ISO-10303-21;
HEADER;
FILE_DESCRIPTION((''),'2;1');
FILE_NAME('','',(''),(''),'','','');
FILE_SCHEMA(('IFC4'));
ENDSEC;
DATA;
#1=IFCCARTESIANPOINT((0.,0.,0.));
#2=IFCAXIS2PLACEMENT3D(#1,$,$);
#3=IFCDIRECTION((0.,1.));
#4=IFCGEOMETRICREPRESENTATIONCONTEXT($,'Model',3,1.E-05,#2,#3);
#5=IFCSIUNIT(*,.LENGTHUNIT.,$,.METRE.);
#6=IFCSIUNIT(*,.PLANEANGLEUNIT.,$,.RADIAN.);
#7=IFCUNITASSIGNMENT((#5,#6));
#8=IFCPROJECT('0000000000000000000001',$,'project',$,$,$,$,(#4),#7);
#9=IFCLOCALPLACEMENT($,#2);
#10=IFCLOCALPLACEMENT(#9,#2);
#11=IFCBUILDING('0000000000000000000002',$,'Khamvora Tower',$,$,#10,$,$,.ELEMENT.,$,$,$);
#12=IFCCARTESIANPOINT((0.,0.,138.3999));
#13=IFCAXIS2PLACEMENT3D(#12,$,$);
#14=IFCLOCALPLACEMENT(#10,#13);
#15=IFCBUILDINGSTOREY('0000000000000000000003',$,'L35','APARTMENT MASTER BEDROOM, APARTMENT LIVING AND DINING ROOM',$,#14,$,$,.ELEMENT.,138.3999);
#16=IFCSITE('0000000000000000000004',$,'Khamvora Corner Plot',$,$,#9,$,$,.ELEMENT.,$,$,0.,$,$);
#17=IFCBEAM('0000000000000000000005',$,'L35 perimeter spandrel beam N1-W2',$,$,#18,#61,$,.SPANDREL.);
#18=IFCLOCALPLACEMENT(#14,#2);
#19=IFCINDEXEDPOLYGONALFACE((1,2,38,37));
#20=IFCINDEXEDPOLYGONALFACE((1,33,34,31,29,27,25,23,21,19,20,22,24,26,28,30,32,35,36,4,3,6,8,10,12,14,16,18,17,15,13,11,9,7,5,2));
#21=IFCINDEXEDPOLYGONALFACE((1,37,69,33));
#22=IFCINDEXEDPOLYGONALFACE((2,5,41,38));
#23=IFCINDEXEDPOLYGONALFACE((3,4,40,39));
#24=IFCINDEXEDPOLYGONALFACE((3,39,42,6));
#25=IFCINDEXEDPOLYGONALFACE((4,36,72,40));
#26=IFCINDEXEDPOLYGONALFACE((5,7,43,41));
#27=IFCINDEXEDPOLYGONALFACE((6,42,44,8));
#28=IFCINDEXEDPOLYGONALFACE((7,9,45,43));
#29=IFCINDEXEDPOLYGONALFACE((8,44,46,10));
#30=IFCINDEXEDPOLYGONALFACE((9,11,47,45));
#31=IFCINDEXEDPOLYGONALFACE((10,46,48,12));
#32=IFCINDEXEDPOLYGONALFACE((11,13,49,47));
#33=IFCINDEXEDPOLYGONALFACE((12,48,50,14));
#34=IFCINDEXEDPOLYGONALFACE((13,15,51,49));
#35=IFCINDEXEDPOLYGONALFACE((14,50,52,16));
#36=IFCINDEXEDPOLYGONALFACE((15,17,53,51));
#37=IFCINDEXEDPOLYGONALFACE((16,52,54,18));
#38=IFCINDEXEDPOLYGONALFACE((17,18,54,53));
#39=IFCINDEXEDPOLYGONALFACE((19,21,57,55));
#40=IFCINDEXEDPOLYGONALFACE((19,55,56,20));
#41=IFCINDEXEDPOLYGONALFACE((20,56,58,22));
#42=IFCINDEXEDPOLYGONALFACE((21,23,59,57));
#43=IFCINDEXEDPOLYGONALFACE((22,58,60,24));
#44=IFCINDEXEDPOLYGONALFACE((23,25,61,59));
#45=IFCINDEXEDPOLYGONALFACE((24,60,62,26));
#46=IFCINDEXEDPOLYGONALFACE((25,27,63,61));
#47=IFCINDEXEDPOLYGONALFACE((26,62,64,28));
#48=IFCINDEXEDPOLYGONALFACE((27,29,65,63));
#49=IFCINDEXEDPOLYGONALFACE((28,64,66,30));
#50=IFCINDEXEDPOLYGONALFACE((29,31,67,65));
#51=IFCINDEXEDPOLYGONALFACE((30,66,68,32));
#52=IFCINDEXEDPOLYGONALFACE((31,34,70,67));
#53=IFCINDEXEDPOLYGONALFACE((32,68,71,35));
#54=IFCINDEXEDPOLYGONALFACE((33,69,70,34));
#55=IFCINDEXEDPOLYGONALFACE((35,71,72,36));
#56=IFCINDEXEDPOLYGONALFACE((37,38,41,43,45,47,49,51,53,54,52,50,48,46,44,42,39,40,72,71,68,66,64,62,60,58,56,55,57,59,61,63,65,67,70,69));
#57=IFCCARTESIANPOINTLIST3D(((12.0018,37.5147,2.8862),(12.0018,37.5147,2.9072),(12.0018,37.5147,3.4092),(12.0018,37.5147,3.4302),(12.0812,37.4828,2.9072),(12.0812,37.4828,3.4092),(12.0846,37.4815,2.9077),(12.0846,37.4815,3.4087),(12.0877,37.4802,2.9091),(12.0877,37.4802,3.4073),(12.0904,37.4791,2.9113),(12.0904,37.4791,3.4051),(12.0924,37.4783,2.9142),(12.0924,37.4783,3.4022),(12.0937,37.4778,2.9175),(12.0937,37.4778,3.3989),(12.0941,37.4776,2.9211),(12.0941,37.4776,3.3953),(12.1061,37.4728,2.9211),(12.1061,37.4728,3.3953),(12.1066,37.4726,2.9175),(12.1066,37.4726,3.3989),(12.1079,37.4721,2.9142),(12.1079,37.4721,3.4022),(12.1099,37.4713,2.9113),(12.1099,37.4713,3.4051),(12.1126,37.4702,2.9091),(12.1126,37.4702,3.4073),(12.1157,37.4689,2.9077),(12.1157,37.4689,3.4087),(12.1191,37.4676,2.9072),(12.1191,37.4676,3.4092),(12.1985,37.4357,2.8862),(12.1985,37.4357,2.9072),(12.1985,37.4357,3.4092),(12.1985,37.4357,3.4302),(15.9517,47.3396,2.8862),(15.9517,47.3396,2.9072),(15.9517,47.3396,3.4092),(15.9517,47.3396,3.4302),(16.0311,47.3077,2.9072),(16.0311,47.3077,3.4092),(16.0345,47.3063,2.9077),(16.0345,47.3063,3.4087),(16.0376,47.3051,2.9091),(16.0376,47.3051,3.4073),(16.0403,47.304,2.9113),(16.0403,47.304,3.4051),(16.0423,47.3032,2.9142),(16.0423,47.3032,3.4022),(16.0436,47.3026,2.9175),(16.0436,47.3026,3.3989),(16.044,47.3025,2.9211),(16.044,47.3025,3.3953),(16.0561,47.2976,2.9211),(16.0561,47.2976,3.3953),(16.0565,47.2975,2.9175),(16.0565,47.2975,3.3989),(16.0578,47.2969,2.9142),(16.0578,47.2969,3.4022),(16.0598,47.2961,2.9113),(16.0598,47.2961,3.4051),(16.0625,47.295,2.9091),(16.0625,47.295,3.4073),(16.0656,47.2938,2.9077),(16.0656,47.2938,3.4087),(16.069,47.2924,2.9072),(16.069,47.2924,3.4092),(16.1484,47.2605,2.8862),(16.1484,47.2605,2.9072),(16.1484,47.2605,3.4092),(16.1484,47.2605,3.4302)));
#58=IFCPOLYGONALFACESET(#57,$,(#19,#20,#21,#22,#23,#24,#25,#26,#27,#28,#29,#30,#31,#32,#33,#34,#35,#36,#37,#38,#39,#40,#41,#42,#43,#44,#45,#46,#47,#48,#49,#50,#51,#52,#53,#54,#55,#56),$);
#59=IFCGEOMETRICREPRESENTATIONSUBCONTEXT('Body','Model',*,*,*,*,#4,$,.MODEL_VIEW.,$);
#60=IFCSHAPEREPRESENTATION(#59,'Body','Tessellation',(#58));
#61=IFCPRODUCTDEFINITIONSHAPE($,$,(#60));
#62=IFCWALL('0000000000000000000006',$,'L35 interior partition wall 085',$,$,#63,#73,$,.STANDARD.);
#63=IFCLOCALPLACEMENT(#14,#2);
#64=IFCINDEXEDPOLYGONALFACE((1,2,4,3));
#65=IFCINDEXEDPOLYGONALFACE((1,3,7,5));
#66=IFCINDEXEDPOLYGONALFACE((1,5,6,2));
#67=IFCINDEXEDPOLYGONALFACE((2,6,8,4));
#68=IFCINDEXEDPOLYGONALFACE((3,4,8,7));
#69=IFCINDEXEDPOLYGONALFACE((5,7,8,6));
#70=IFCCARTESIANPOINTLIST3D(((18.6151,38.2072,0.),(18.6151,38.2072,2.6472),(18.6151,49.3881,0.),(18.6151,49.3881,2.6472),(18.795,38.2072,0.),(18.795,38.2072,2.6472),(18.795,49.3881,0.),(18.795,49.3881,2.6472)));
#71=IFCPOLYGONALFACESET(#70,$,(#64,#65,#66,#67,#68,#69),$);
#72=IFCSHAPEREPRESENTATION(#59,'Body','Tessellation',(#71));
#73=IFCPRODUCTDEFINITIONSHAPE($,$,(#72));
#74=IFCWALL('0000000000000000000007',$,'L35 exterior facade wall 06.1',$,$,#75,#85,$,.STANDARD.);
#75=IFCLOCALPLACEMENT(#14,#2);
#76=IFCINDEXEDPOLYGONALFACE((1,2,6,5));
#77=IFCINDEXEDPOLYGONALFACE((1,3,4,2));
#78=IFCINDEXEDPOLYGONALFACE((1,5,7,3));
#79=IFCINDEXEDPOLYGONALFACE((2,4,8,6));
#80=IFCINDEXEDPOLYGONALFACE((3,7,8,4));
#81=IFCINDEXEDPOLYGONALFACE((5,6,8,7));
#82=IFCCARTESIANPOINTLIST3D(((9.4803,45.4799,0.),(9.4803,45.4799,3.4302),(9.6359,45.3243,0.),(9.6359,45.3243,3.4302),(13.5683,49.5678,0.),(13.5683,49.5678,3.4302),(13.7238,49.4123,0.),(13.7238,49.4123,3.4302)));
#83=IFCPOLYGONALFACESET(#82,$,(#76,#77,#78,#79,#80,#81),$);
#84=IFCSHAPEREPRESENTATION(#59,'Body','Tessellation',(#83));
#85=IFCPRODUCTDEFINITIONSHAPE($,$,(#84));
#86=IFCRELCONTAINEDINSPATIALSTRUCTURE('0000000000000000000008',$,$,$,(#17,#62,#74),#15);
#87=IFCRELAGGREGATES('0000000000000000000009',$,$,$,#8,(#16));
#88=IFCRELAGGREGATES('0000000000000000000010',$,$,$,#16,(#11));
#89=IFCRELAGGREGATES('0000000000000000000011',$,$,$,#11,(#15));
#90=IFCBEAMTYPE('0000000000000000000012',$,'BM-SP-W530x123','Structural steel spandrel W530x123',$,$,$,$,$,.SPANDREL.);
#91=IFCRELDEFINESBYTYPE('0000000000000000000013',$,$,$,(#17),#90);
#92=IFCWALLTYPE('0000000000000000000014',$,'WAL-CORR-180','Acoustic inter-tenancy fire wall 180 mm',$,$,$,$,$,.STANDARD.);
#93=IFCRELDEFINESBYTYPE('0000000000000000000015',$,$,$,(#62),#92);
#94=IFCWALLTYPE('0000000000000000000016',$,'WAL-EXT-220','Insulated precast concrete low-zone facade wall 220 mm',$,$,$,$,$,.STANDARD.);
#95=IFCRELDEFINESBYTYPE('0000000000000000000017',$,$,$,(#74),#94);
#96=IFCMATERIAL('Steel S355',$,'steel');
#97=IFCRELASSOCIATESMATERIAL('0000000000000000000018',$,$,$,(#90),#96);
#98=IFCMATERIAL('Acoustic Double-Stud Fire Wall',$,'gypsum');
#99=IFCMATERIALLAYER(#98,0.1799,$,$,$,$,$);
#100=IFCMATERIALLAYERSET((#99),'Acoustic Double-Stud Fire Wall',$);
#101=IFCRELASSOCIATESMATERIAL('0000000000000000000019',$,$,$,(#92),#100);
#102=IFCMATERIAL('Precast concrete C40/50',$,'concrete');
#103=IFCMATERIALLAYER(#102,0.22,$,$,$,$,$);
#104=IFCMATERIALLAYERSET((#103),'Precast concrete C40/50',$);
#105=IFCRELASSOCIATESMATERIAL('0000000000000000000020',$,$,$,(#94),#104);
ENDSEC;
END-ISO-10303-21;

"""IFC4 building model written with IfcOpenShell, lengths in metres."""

from ifc_helpers import new_model, si_unit, direction, frame, frame_2d, origin, origin_2d, place, context, subcontext, project, spatial, rectangle, i_section, extrude, material, layer, layer_set, material_profile, profile_set, type_object, element, save


model = new_model("IFC4")

# Units and contexts
model_context = context("Model", 3, precision=1e-05, world=origin(), true_north=direction((0.0, 1.0)))
body_context = subcontext(model_context, "Body", "Model", "MODEL_VIEW")
ifc_project = project(units=[si_unit("LENGTHUNIT", "METRE"), si_unit("PLANEANGLEUNIT", "RADIAN")], contexts=[model_context])

# Site, building, storey
site_placement = place(None, origin())
site = spatial("IfcSite", under=ifc_project, at=site_placement, Name="Khamvora Corner Plot", CompositionType="ELEMENT", RefElevation=0.0)
building_placement = place(site_placement, origin())
building = spatial("IfcBuilding", under=site, at=building_placement, Name="Khamvora Tower", CompositionType="ELEMENT")
storey_placement = place(building_placement, frame((0.0, 0.0, 138.3999)))
storey = spatial("IfcBuildingStorey", under=building, at=storey_placement, Name="L35", Description="APARTMENT MASTER BEDROOM, APARTMENT LIVING AND DINING ROOM", CompositionType="ELEMENT", Elevation=138.3999)

# Shared definitions
ifc_material_1 = material(Name="Steel S355", Category="steel")

# Beam
ifc_material_profile_1 = material_profile(ifc_material_1, i_section(OverallWidth=0.2119, OverallDepth=0.5439, WebThickness=0.0129, FlangeThickness=0.021, FilletRadius=0.0139, at=origin_2d()), Name="W530x123")
ifc_profile_set_1 = profile_set([ifc_material_profile_1], Name="Steel S355")
beam_type_1 = type_object("IfcBeamType", Name="BM-SP-W530x123", Description="Structural steel spandrel W530x123", PredefinedType="SPANDREL", material=ifc_profile_set_1)
beam_1_placement = place(storey_placement, frame((16.05, 47.3, 3.1582), z_axis=(-0.373016, -0.927825, 0.0), x_axis=(0.927825, -0.373016, 0.0)))
element("IfcBeam", 1, at=beam_1_placement, inside=storey, type_object=beam_type_1, Name="L35 perimeter spandrel beam N1-W2", PredefinedType="SPANDREL", context=body_context, shape_type="SweptSolid", body=[
    extrude(i_section(OverallWidth=0.2119, OverallDepth=0.5439, WebThickness=0.0129, FlangeThickness=0.021, FilletRadius=0.0139, at=origin_2d()), origin(), (0.0, 0.0, 1.0), 10.5891),
])

# Walls
ifc_material_2 = material(Name="Acoustic Double-Stud Fire Wall", Category="gypsum")
ifc_layer_1 = layer(ifc_material_2, 0.1799)
ifc_layer_set_1 = layer_set([ifc_layer_1], Name="Acoustic Double-Stud Fire Wall")
wall_type_1 = type_object("IfcWallType", Name="WAL-CORR-180", Description="Acoustic inter-tenancy fire wall 180 mm", PredefinedType="STANDARD", material=ifc_layer_set_1)
wall_1_placement = place(storey_placement, frame((18.7051, 49.3879, 0.0), z_axis=(0.0, 0.0, 1.0), x_axis=(0.0, -1.0, 0.0)))
element("IfcWall", 2, at=wall_1_placement, inside=storey, type_object=wall_type_1, Name="L35 interior partition wall 085", PredefinedType="STANDARD", context=body_context, shape_type="SweptSolid", body=[
    extrude(rectangle(XDim=11.1809, YDim=0.1799, at=frame_2d((5.5903, 0.0))), origin(), (0.0, 0.0, 1.0), 2.6472),
])
ifc_material_3 = material(Name="Precast concrete C40/50", Category="concrete")
ifc_layer_2 = layer(ifc_material_3, 0.22)
ifc_layer_set_2 = layer_set([ifc_layer_2], Name="Precast concrete C40/50")
wall_type_2 = type_object("IfcWallType", Name="WAL-EXT-220", Description="Insulated precast concrete low-zone facade wall 220 mm", PredefinedType="STANDARD", material=ifc_layer_set_2)
wall_2_placement = place(storey_placement, frame((9.5581, 45.4021, 0.0), z_axis=(0.0, 0.0, 1.0), x_axis=(0.707107, 0.707107, 0.0)))
element("IfcWall", 3, at=wall_2_placement, inside=storey, type_object=wall_type_2, Name="L35 exterior facade wall 06.1", PredefinedType="STANDARD", context=body_context, shape_type="SweptSolid", body=[
    extrude(rectangle(XDim=5.7812, YDim=0.22, at=frame_2d((2.8906, 0.0))), origin(), (0.0, 0.0, 1.0), 3.4302),
])

save(model, "model.ifc")
